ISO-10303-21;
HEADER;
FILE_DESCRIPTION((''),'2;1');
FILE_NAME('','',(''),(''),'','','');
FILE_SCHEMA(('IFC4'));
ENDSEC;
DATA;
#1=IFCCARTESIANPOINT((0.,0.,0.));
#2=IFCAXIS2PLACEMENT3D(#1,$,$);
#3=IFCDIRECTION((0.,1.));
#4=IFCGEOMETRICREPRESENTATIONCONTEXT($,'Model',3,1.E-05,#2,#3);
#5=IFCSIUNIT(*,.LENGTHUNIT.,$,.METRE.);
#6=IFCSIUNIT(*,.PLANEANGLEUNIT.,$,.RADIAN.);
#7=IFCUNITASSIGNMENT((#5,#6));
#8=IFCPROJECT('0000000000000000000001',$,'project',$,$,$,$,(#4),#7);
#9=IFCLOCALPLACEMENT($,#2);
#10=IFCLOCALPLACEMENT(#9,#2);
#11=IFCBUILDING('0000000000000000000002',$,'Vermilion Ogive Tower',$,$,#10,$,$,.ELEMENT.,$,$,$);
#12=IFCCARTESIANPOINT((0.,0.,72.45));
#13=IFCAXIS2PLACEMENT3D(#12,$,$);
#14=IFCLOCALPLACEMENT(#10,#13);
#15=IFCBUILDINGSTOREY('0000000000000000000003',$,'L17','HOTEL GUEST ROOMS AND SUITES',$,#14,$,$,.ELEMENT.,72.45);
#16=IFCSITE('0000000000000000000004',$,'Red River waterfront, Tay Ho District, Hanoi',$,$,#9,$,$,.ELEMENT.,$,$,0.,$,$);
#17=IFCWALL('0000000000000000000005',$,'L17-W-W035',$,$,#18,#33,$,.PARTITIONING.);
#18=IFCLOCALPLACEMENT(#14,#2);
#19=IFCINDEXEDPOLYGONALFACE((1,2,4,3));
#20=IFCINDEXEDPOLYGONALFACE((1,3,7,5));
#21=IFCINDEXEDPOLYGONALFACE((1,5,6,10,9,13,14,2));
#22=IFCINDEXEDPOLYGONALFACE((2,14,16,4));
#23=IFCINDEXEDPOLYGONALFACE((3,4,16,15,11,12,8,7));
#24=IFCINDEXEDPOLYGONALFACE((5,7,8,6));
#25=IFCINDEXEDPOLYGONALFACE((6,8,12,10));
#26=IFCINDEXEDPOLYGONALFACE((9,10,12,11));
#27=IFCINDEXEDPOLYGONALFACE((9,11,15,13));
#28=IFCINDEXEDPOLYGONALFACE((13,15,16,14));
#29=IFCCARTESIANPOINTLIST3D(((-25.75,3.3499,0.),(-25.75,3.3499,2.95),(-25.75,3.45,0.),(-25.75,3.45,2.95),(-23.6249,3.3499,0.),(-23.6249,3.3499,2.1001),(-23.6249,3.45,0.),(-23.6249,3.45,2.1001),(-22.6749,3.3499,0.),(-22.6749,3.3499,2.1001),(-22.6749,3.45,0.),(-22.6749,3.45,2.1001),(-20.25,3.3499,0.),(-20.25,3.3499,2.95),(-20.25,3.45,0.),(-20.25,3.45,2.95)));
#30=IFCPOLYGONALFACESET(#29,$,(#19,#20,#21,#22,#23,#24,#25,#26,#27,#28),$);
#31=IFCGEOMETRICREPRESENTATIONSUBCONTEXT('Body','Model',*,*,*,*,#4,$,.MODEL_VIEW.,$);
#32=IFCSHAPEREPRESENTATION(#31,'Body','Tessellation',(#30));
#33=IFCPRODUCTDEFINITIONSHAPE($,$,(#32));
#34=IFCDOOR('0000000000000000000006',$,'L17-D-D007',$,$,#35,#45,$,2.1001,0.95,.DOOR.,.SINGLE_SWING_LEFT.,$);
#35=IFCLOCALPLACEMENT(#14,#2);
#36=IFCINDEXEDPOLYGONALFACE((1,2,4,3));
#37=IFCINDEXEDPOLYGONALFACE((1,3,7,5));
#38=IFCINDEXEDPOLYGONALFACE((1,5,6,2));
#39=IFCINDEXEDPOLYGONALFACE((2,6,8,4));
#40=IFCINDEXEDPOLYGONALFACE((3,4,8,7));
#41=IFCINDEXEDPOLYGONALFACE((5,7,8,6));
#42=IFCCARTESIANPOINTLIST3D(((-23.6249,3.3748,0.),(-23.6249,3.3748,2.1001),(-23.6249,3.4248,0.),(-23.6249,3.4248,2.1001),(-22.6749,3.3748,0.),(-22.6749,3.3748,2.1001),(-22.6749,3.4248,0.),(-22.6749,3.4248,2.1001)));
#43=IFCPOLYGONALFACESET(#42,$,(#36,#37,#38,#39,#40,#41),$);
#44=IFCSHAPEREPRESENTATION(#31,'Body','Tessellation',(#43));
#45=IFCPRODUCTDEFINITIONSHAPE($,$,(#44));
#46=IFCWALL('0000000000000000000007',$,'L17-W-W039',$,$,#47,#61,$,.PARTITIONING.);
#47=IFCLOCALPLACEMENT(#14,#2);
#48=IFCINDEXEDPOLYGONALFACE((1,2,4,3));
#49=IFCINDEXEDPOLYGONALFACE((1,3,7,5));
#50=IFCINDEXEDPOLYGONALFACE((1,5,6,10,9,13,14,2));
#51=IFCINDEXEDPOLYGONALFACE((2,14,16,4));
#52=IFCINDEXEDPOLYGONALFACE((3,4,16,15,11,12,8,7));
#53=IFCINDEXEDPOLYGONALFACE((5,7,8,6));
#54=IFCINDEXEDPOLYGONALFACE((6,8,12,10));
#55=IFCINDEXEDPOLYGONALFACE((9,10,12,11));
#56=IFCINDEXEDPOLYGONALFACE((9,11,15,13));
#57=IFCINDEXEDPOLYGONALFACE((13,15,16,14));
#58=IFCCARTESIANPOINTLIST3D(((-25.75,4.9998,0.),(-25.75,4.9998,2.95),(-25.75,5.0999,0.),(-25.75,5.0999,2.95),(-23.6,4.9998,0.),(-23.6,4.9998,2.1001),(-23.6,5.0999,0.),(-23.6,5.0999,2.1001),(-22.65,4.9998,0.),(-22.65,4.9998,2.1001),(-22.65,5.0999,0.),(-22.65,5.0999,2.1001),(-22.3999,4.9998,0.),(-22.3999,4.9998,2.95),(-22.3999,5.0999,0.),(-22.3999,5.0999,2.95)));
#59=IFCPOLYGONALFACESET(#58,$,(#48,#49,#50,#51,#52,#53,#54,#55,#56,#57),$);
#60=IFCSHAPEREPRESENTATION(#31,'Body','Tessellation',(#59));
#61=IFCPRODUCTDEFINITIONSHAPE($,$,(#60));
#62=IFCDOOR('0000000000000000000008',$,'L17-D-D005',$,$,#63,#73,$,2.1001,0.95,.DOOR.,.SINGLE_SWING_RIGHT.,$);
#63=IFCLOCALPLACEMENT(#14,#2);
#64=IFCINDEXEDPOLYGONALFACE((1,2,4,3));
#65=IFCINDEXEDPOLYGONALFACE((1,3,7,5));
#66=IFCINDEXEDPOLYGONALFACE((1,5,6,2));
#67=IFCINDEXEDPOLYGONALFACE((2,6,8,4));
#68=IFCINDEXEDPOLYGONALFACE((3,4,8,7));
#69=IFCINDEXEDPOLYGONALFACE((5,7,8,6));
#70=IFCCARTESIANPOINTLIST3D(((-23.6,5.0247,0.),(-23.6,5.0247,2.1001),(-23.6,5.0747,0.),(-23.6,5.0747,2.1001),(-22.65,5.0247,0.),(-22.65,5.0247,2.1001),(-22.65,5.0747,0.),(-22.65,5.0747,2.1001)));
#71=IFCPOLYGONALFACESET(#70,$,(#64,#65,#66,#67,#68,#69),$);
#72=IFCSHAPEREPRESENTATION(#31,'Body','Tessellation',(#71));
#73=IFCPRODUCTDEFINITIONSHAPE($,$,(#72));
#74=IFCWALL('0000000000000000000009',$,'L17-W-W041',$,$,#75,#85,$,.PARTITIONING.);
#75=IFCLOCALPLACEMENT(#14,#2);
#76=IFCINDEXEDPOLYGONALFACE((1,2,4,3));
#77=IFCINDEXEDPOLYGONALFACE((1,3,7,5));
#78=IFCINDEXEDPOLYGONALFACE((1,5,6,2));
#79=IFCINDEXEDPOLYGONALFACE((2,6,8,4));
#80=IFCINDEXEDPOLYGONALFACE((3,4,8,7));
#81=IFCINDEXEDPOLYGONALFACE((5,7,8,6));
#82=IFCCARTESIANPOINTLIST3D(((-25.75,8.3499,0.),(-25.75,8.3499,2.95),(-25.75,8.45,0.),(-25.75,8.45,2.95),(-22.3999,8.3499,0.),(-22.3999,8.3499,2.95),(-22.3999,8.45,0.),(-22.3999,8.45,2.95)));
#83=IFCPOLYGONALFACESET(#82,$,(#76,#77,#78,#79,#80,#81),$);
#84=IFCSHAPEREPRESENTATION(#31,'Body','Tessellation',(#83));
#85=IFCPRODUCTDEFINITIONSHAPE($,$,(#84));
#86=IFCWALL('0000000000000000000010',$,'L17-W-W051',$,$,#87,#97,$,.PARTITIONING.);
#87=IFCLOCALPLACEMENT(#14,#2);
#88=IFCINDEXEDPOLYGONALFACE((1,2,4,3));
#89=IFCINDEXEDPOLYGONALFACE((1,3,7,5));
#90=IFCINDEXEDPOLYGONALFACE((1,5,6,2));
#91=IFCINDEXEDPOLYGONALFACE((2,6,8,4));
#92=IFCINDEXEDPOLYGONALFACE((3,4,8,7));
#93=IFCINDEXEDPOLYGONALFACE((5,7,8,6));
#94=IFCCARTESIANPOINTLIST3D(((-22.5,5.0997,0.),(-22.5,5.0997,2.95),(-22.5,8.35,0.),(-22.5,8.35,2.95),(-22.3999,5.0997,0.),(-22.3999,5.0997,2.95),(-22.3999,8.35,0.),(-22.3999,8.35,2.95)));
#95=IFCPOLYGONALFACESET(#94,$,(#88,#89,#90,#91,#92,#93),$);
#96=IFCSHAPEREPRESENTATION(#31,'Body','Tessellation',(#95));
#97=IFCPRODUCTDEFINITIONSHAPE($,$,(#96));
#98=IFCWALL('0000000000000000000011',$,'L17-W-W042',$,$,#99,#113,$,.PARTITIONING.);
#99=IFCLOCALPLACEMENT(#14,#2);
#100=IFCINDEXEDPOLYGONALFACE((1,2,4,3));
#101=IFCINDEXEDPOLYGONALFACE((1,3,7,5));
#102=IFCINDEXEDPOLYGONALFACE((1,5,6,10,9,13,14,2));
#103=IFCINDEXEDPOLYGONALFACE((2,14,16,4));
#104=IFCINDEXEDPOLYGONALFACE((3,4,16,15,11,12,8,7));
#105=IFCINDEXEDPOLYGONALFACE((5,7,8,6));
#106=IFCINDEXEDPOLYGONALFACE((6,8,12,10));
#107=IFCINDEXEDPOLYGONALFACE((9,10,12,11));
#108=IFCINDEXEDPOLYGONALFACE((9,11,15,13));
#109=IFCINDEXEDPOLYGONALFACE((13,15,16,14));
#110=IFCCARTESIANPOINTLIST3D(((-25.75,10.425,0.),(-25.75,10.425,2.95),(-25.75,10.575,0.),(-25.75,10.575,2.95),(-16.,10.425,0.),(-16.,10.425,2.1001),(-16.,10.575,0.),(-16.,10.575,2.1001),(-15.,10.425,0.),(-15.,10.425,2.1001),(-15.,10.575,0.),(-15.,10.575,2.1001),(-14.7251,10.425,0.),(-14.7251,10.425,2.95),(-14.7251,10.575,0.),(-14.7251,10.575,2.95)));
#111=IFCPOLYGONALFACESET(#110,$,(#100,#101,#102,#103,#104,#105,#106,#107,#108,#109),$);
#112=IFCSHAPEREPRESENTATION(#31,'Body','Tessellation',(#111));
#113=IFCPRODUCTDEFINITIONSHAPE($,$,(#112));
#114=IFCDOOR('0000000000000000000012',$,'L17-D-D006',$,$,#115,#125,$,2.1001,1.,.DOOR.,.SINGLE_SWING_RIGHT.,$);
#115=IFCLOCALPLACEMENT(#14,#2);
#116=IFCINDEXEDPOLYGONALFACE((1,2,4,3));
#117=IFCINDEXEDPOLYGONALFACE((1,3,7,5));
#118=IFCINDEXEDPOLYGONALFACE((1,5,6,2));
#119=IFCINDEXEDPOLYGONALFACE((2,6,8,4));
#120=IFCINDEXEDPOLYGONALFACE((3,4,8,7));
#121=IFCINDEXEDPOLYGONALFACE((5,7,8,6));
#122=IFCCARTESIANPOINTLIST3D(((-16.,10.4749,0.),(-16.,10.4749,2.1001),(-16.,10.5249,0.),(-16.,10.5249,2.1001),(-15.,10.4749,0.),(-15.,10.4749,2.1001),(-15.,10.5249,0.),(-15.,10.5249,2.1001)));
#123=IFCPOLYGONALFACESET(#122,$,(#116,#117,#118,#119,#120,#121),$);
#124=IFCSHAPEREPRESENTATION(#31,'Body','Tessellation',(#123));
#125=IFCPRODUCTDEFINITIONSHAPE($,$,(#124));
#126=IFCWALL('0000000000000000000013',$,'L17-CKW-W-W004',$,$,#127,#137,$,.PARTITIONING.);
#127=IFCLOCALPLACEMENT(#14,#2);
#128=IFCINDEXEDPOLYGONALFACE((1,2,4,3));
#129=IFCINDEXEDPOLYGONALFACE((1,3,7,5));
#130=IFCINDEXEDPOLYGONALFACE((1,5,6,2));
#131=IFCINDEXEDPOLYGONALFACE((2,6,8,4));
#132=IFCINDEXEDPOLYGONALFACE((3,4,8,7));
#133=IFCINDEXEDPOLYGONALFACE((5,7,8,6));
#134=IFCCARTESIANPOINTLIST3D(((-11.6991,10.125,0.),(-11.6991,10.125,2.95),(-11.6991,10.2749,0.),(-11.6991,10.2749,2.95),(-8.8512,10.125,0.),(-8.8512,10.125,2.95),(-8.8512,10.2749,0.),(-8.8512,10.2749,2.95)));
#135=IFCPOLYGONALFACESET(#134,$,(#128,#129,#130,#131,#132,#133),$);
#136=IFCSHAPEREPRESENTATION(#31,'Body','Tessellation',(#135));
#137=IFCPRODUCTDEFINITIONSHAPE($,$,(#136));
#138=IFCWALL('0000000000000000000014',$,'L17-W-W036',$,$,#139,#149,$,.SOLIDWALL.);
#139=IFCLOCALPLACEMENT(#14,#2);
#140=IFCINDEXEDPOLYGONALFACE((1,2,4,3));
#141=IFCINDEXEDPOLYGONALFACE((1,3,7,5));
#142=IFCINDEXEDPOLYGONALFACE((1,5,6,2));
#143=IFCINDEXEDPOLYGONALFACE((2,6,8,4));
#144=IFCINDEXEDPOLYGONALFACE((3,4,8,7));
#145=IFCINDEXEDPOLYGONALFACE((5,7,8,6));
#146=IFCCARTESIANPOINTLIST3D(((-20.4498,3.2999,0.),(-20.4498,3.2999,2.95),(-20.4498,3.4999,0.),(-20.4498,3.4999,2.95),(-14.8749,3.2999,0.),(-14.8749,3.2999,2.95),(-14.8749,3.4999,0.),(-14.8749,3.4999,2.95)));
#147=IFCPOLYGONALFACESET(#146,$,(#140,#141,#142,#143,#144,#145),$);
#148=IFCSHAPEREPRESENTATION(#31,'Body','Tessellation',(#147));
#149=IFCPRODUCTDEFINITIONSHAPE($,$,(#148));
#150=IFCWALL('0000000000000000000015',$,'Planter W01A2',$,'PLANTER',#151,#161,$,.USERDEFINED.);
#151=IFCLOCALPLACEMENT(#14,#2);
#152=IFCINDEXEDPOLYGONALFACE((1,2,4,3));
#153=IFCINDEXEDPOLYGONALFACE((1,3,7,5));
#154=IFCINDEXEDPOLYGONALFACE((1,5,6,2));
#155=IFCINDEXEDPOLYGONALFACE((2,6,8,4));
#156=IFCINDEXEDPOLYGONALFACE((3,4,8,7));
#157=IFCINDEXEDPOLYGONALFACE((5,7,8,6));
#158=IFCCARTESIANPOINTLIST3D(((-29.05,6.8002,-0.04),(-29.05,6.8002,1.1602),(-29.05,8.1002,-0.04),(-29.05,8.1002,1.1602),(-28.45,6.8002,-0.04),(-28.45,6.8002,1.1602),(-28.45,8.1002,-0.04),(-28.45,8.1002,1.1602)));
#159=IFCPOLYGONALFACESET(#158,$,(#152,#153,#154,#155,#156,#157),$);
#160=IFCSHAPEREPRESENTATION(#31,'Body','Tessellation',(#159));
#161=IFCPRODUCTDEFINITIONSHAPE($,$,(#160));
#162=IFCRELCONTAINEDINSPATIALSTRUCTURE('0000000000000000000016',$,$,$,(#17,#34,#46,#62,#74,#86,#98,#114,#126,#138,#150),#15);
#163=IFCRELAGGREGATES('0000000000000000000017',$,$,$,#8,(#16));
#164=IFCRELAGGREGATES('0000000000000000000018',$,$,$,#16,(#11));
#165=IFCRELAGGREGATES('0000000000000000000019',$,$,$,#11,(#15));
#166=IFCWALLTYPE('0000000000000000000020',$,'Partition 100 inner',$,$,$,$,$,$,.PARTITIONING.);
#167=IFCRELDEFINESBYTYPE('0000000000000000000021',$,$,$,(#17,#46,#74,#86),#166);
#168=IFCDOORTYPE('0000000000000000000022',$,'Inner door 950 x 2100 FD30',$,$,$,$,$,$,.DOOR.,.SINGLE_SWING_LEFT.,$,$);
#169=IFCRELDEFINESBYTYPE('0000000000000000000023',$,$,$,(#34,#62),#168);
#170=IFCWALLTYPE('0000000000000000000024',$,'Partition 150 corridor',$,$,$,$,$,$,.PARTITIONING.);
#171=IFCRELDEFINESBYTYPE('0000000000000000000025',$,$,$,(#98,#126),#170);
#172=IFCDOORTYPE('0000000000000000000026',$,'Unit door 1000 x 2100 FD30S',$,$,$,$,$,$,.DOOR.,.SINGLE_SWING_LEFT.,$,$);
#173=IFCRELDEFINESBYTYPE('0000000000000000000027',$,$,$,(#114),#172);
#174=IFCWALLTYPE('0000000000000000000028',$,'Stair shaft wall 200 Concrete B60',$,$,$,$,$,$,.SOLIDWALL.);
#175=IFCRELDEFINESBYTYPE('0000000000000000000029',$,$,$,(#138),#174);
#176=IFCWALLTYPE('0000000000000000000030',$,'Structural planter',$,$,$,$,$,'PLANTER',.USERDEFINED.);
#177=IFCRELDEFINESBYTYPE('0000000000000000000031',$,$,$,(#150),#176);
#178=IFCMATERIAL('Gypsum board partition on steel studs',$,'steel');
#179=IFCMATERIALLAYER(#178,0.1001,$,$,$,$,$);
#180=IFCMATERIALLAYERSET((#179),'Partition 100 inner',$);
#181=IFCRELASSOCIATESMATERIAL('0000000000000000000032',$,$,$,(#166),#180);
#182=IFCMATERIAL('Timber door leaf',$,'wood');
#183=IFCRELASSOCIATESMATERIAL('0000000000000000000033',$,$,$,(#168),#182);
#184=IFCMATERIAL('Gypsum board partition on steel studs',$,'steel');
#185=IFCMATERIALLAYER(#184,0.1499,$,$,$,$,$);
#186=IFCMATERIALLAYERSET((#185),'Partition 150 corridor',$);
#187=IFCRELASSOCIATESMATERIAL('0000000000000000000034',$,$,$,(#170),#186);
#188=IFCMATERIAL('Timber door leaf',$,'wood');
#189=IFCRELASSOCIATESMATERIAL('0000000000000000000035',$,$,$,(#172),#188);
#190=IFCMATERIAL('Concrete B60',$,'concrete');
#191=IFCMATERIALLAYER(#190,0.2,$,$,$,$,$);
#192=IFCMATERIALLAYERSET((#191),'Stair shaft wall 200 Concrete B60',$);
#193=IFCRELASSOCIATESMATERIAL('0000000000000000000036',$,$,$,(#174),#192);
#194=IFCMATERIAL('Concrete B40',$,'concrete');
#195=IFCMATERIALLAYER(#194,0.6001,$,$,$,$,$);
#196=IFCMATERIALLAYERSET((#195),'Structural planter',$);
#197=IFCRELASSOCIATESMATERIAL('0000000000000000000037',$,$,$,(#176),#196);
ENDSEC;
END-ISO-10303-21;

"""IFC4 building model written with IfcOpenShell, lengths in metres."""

from ifc_helpers import new_model, si_unit, direction, frame, frame_2d, origin, place, context, subcontext, project, spatial, rectangle, extrude, material, layer, layer_set, type_object, element, fill, save


model = new_model("IFC4")

# Units and contexts
model_context = context("Model", 3, precision=1e-05, world=origin(), true_north=direction((0.0, 1.0)))
body_context = subcontext(model_context, "Body", "Model", "MODEL_VIEW")
ifc_project = project(units=[si_unit("LENGTHUNIT", "METRE"), si_unit("PLANEANGLEUNIT", "RADIAN")], contexts=[model_context])

# Site, building, storey
site_placement = place(None, origin())
site = spatial("IfcSite", under=ifc_project, at=site_placement, Name="Red River waterfront, Tay Ho District, Hanoi", CompositionType="ELEMENT", RefElevation=0.0)
building_placement = place(site_placement, origin())
building = spatial("IfcBuilding", under=site, at=building_placement, Name="Vermilion Ogive Tower", CompositionType="ELEMENT")
storey_placement = place(building_placement, frame((0.0, 0.0, 72.45)))
storey = spatial("IfcBuildingStorey", under=building, at=storey_placement, Name="L17", Description="HOTEL GUEST ROOMS AND SUITES", CompositionType="ELEMENT", Elevation=72.45)

# Walls, openings, doors
ifc_material_1 = material(Name="Gypsum board partition on steel studs", Category="steel")
ifc_layer_1 = layer(ifc_material_1, 0.1001)
ifc_layer_set_1 = layer_set([ifc_layer_1], Name="Partition 100 inner")
wall_type_1 = type_object("IfcWallType", Name="Partition 100 inner", PredefinedType="PARTITIONING", material=ifc_layer_set_1)
wall_1_placement = place(storey_placement, frame((-25.75, 3.3999, 0.0), z_axis=(0.0, 0.0, 1.0), x_axis=(1.0, 0.0, 0.0)))
wall_1 = element("IfcWall", 1, at=wall_1_placement, inside=storey, type_object=wall_type_1, Name="L17-W-W035", PredefinedType="PARTITIONING", context=body_context, shape_type="SweptSolid", body=[
    extrude(rectangle(XDim=5.5, YDim=0.1001, at=frame_2d((2.75, 0.0))), origin(), (0.0, 0.0, 1.0), 2.95),
])
opening_1_placement = place(wall_1_placement, frame((2.125, 0.0, 0.0)))
opening_1 = element("IfcOpeningElement", 2, at=opening_1_placement, cuts=wall_1, PredefinedType="OPENING", context=body_context, shape_type="SweptSolid", body=[
    extrude(rectangle(XDim=0.95, YDim=2.1001, at=frame_2d((0.4751, 1.05))), frame((0.0, 0.0601, 0.0), z_axis=(0.0, -1.0, 0.0), x_axis=(1.0, 0.0, 0.0)), (0.0, 0.0, 1.0), 0.1201),
])
ifc_material_2 = material(Name="Timber door leaf", Category="wood")
door_type_1 = type_object("IfcDoorType", Name="Inner door 950 x 2100 FD30", OperationType="SINGLE_SWING_LEFT", PredefinedType="DOOR", material=ifc_material_2)
door_1_placement = place(opening_1_placement, origin())
door_1 = element("IfcDoor", 3, at=door_1_placement, inside=storey, type_object=door_type_1, Name="L17-D-D007", OperationType="SINGLE_SWING_LEFT", OverallHeight=2.1001, OverallWidth=0.95, PredefinedType="DOOR", context=body_context, shape_type="SweptSolid", body=[
    extrude(rectangle(XDim=0.95, YDim=2.1001, at=frame_2d((0.4751, 1.05))), frame((0.0, 0.0249, 0.0), z_axis=(0.0, -1.0, 0.0), x_axis=(1.0, 0.0, 0.0)), (0.0, 0.0, 1.0), 0.05),
])
fill(opening_1, door_1)
wall_2_placement = place(storey_placement, frame((-25.75, 5.0498, 0.0), z_axis=(0.0, 0.0, 1.0), x_axis=(1.0, 0.0, 0.0)))
wall_2 = element("IfcWall", 4, at=wall_2_placement, inside=storey, type_object=wall_type_1, Name="L17-W-W039", PredefinedType="PARTITIONING", context=body_context, shape_type="SweptSolid", body=[
    extrude(rectangle(XDim=3.3501, YDim=0.1001, at=frame_2d((1.675, 0.0))), origin(), (0.0, 0.0, 1.0), 2.95),
])
opening_2_placement = place(wall_2_placement, frame((2.1499, 0.0, 0.0)))
opening_2 = element("IfcOpeningElement", 5, at=opening_2_placement, cuts=wall_2, PredefinedType="OPENING", context=body_context, shape_type="SweptSolid", body=[
    extrude(rectangle(XDim=0.95, YDim=2.1001, at=frame_2d((0.4751, 1.05))), frame((0.0, 0.0601, 0.0), z_axis=(0.0, -1.0, 0.0), x_axis=(1.0, 0.0, 0.0)), (0.0, 0.0, 1.0), 0.1201),
])
door_2_placement = place(opening_2_placement, origin())
door_2 = element("IfcDoor", 6, at=door_2_placement, inside=storey, type_object=door_type_1, Name="L17-D-D005", OperationType="SINGLE_SWING_RIGHT", OverallHeight=2.1001, OverallWidth=0.95, PredefinedType="DOOR", context=body_context, shape_type="SweptSolid", body=[
    extrude(rectangle(XDim=0.95, YDim=2.1001, at=frame_2d((0.4751, 1.05))), frame((0.0, 0.0249, 0.0), z_axis=(0.0, -1.0, 0.0), x_axis=(1.0, 0.0, 0.0)), (0.0, 0.0, 1.0), 0.05),
])
fill(opening_2, door_2)

# Walls
wall_3_placement = place(storey_placement, frame((-25.75, 8.3999, 0.0), z_axis=(0.0, 0.0, 1.0), x_axis=(1.0, 0.0, 0.0)))
element("IfcWall", 7, at=wall_3_placement, inside=storey, type_object=wall_type_1, Name="L17-W-W041", PredefinedType="PARTITIONING", context=body_context, shape_type="SweptSolid", body=[
    extrude(rectangle(XDim=3.3501, YDim=0.1001, at=frame_2d((1.675, 0.0))), origin(), (0.0, 0.0, 1.0), 2.95),
])
wall_4_placement = place(storey_placement, frame((-22.45, 5.0999, 0.0), z_axis=(0.0, 0.0, 1.0), x_axis=(0.0, 1.0, 0.0)))
element("IfcWall", 8, at=wall_4_placement, inside=storey, type_object=wall_type_1, Name="L17-W-W051", PredefinedType="PARTITIONING", context=body_context, shape_type="SweptSolid", body=[
    extrude(rectangle(XDim=3.2502, YDim=0.1001, at=frame_2d((1.625, 0.0))), origin(), (0.0, 0.0, 1.0), 2.95),
])

# Wall, opening, door
ifc_material_3 = material(Name="Gypsum board partition on steel studs", Category="steel")
ifc_layer_2 = layer(ifc_material_3, 0.1499)
ifc_layer_set_2 = layer_set([ifc_layer_2], Name="Partition 150 corridor")
wall_type_2 = type_object("IfcWallType", Name="Partition 150 corridor", PredefinedType="PARTITIONING", material=ifc_layer_set_2)
wall_5_placement = place(storey_placement, frame((-25.75, 10.5, 0.0), z_axis=(0.0, 0.0, 1.0), x_axis=(1.0, 0.0, 0.0)))
wall_5 = element("IfcWall", 9, at=wall_5_placement, inside=storey, type_object=wall_type_2, Name="L17-W-W042", PredefinedType="PARTITIONING", context=body_context, shape_type="SweptSolid", body=[
    extrude(rectangle(XDim=11.0249, YDim=0.1499, at=frame_2d((5.5125, 0.0))), origin(), (0.0, 0.0, 1.0), 2.95),
])
opening_3_placement = place(wall_5_placement, frame((9.75, 0.0, 0.0)))
opening_3 = element("IfcOpeningElement", 10, at=opening_3_placement, cuts=wall_5, PredefinedType="OPENING", context=body_context, shape_type="SweptSolid", body=[
    extrude(rectangle(XDim=1.0, YDim=2.1001, at=frame_2d((0.5, 1.05))), frame((0.0, 0.085, 0.0), z_axis=(0.0, -1.0, 0.0), x_axis=(1.0, 0.0, 0.0)), (0.0, 0.0, 1.0), 0.1699),
])
ifc_material_4 = material(Name="Timber door leaf", Category="wood")
door_type_2 = type_object("IfcDoorType", Name="Unit door 1000 x 2100 FD30S", OperationType="SINGLE_SWING_LEFT", PredefinedType="DOOR", material=ifc_material_4)
door_3_placement = place(opening_3_placement, origin())
door_3 = element("IfcDoor", 11, at=door_3_placement, inside=storey, type_object=door_type_2, Name="L17-D-D006", OperationType="SINGLE_SWING_RIGHT", OverallHeight=2.1001, OverallWidth=1.0, PredefinedType="DOOR", context=body_context, shape_type="SweptSolid", body=[
    extrude(rectangle(XDim=1.0, YDim=2.1001, at=frame_2d((0.5, 1.05))), frame((0.0, 0.0249, 0.0), z_axis=(0.0, -1.0, 0.0), x_axis=(1.0, 0.0, 0.0)), (0.0, 0.0, 1.0), 0.05),
])
fill(opening_3, door_3)

# Walls
wall_6_placement = place(storey_placement, frame((-11.699, 10.2, 0.0), z_axis=(0.0, 0.0, 1.0), x_axis=(1.0, 0.0, 0.0)))
element("IfcWall", 12, at=wall_6_placement, inside=storey, type_object=wall_type_2, Name="L17-CKW-W-W004", PredefinedType="PARTITIONING", context=body_context, shape_type="SweptSolid", body=[
    extrude(rectangle(XDim=2.8479, YDim=0.1499, at=frame_2d((1.4238, 0.0))), origin(), (0.0, 0.0, 1.0), 2.95),
])
ifc_material_5 = material(Name="Concrete B60", Category="concrete")
ifc_layer_3 = layer(ifc_material_5, 0.2)
ifc_layer_set_3 = layer_set([ifc_layer_3], Name="Stair shaft wall 200 Concrete B60")
wall_type_3 = type_object("IfcWallType", Name="Stair shaft wall 200 Concrete B60", PredefinedType="SOLIDWALL", material=ifc_layer_set_3)
wall_7_placement = place(storey_placement, frame((-20.45, 3.3999, 0.0), z_axis=(0.0, 0.0, 1.0), x_axis=(1.0, 0.0, 0.0)))
element("IfcWall", 13, at=wall_7_placement, inside=storey, type_object=wall_type_3, Name="L17-W-W036", PredefinedType="SOLIDWALL", context=body_context, shape_type="SweptSolid", body=[
    extrude(rectangle(XDim=5.575, YDim=0.2, at=frame_2d((2.7876, 0.0))), origin(), (0.0, 0.0, 1.0), 2.95),
])
ifc_material_6 = material(Name="Concrete B40", Category="concrete")
ifc_layer_4 = layer(ifc_material_6, 0.6001)
ifc_layer_set_4 = layer_set([ifc_layer_4], Name="Structural planter")
wall_type_4 = type_object("IfcWallType", Name="Structural planter", ElementType="PLANTER", PredefinedType="USERDEFINED", material=ifc_layer_set_4)
wall_8_placement = place(storey_placement, frame((-28.75, 8.1001, -0.04), z_axis=(0.0, 0.0, 1.0), x_axis=(0.0, -1.0, 0.0)))
element("IfcWall", 14, at=wall_8_placement, inside=storey, type_object=wall_type_4, Name="Planter W01A2", ObjectType="PLANTER", PredefinedType="USERDEFINED", context=body_context, shape_type="SweptSolid", body=[
    extrude(rectangle(XDim=1.3, YDim=0.6001, at=frame_2d((0.6499, 0.0))), origin(), (0.0, 0.0, 1.0), 1.2002),
])

save(model, "model.ifc")
